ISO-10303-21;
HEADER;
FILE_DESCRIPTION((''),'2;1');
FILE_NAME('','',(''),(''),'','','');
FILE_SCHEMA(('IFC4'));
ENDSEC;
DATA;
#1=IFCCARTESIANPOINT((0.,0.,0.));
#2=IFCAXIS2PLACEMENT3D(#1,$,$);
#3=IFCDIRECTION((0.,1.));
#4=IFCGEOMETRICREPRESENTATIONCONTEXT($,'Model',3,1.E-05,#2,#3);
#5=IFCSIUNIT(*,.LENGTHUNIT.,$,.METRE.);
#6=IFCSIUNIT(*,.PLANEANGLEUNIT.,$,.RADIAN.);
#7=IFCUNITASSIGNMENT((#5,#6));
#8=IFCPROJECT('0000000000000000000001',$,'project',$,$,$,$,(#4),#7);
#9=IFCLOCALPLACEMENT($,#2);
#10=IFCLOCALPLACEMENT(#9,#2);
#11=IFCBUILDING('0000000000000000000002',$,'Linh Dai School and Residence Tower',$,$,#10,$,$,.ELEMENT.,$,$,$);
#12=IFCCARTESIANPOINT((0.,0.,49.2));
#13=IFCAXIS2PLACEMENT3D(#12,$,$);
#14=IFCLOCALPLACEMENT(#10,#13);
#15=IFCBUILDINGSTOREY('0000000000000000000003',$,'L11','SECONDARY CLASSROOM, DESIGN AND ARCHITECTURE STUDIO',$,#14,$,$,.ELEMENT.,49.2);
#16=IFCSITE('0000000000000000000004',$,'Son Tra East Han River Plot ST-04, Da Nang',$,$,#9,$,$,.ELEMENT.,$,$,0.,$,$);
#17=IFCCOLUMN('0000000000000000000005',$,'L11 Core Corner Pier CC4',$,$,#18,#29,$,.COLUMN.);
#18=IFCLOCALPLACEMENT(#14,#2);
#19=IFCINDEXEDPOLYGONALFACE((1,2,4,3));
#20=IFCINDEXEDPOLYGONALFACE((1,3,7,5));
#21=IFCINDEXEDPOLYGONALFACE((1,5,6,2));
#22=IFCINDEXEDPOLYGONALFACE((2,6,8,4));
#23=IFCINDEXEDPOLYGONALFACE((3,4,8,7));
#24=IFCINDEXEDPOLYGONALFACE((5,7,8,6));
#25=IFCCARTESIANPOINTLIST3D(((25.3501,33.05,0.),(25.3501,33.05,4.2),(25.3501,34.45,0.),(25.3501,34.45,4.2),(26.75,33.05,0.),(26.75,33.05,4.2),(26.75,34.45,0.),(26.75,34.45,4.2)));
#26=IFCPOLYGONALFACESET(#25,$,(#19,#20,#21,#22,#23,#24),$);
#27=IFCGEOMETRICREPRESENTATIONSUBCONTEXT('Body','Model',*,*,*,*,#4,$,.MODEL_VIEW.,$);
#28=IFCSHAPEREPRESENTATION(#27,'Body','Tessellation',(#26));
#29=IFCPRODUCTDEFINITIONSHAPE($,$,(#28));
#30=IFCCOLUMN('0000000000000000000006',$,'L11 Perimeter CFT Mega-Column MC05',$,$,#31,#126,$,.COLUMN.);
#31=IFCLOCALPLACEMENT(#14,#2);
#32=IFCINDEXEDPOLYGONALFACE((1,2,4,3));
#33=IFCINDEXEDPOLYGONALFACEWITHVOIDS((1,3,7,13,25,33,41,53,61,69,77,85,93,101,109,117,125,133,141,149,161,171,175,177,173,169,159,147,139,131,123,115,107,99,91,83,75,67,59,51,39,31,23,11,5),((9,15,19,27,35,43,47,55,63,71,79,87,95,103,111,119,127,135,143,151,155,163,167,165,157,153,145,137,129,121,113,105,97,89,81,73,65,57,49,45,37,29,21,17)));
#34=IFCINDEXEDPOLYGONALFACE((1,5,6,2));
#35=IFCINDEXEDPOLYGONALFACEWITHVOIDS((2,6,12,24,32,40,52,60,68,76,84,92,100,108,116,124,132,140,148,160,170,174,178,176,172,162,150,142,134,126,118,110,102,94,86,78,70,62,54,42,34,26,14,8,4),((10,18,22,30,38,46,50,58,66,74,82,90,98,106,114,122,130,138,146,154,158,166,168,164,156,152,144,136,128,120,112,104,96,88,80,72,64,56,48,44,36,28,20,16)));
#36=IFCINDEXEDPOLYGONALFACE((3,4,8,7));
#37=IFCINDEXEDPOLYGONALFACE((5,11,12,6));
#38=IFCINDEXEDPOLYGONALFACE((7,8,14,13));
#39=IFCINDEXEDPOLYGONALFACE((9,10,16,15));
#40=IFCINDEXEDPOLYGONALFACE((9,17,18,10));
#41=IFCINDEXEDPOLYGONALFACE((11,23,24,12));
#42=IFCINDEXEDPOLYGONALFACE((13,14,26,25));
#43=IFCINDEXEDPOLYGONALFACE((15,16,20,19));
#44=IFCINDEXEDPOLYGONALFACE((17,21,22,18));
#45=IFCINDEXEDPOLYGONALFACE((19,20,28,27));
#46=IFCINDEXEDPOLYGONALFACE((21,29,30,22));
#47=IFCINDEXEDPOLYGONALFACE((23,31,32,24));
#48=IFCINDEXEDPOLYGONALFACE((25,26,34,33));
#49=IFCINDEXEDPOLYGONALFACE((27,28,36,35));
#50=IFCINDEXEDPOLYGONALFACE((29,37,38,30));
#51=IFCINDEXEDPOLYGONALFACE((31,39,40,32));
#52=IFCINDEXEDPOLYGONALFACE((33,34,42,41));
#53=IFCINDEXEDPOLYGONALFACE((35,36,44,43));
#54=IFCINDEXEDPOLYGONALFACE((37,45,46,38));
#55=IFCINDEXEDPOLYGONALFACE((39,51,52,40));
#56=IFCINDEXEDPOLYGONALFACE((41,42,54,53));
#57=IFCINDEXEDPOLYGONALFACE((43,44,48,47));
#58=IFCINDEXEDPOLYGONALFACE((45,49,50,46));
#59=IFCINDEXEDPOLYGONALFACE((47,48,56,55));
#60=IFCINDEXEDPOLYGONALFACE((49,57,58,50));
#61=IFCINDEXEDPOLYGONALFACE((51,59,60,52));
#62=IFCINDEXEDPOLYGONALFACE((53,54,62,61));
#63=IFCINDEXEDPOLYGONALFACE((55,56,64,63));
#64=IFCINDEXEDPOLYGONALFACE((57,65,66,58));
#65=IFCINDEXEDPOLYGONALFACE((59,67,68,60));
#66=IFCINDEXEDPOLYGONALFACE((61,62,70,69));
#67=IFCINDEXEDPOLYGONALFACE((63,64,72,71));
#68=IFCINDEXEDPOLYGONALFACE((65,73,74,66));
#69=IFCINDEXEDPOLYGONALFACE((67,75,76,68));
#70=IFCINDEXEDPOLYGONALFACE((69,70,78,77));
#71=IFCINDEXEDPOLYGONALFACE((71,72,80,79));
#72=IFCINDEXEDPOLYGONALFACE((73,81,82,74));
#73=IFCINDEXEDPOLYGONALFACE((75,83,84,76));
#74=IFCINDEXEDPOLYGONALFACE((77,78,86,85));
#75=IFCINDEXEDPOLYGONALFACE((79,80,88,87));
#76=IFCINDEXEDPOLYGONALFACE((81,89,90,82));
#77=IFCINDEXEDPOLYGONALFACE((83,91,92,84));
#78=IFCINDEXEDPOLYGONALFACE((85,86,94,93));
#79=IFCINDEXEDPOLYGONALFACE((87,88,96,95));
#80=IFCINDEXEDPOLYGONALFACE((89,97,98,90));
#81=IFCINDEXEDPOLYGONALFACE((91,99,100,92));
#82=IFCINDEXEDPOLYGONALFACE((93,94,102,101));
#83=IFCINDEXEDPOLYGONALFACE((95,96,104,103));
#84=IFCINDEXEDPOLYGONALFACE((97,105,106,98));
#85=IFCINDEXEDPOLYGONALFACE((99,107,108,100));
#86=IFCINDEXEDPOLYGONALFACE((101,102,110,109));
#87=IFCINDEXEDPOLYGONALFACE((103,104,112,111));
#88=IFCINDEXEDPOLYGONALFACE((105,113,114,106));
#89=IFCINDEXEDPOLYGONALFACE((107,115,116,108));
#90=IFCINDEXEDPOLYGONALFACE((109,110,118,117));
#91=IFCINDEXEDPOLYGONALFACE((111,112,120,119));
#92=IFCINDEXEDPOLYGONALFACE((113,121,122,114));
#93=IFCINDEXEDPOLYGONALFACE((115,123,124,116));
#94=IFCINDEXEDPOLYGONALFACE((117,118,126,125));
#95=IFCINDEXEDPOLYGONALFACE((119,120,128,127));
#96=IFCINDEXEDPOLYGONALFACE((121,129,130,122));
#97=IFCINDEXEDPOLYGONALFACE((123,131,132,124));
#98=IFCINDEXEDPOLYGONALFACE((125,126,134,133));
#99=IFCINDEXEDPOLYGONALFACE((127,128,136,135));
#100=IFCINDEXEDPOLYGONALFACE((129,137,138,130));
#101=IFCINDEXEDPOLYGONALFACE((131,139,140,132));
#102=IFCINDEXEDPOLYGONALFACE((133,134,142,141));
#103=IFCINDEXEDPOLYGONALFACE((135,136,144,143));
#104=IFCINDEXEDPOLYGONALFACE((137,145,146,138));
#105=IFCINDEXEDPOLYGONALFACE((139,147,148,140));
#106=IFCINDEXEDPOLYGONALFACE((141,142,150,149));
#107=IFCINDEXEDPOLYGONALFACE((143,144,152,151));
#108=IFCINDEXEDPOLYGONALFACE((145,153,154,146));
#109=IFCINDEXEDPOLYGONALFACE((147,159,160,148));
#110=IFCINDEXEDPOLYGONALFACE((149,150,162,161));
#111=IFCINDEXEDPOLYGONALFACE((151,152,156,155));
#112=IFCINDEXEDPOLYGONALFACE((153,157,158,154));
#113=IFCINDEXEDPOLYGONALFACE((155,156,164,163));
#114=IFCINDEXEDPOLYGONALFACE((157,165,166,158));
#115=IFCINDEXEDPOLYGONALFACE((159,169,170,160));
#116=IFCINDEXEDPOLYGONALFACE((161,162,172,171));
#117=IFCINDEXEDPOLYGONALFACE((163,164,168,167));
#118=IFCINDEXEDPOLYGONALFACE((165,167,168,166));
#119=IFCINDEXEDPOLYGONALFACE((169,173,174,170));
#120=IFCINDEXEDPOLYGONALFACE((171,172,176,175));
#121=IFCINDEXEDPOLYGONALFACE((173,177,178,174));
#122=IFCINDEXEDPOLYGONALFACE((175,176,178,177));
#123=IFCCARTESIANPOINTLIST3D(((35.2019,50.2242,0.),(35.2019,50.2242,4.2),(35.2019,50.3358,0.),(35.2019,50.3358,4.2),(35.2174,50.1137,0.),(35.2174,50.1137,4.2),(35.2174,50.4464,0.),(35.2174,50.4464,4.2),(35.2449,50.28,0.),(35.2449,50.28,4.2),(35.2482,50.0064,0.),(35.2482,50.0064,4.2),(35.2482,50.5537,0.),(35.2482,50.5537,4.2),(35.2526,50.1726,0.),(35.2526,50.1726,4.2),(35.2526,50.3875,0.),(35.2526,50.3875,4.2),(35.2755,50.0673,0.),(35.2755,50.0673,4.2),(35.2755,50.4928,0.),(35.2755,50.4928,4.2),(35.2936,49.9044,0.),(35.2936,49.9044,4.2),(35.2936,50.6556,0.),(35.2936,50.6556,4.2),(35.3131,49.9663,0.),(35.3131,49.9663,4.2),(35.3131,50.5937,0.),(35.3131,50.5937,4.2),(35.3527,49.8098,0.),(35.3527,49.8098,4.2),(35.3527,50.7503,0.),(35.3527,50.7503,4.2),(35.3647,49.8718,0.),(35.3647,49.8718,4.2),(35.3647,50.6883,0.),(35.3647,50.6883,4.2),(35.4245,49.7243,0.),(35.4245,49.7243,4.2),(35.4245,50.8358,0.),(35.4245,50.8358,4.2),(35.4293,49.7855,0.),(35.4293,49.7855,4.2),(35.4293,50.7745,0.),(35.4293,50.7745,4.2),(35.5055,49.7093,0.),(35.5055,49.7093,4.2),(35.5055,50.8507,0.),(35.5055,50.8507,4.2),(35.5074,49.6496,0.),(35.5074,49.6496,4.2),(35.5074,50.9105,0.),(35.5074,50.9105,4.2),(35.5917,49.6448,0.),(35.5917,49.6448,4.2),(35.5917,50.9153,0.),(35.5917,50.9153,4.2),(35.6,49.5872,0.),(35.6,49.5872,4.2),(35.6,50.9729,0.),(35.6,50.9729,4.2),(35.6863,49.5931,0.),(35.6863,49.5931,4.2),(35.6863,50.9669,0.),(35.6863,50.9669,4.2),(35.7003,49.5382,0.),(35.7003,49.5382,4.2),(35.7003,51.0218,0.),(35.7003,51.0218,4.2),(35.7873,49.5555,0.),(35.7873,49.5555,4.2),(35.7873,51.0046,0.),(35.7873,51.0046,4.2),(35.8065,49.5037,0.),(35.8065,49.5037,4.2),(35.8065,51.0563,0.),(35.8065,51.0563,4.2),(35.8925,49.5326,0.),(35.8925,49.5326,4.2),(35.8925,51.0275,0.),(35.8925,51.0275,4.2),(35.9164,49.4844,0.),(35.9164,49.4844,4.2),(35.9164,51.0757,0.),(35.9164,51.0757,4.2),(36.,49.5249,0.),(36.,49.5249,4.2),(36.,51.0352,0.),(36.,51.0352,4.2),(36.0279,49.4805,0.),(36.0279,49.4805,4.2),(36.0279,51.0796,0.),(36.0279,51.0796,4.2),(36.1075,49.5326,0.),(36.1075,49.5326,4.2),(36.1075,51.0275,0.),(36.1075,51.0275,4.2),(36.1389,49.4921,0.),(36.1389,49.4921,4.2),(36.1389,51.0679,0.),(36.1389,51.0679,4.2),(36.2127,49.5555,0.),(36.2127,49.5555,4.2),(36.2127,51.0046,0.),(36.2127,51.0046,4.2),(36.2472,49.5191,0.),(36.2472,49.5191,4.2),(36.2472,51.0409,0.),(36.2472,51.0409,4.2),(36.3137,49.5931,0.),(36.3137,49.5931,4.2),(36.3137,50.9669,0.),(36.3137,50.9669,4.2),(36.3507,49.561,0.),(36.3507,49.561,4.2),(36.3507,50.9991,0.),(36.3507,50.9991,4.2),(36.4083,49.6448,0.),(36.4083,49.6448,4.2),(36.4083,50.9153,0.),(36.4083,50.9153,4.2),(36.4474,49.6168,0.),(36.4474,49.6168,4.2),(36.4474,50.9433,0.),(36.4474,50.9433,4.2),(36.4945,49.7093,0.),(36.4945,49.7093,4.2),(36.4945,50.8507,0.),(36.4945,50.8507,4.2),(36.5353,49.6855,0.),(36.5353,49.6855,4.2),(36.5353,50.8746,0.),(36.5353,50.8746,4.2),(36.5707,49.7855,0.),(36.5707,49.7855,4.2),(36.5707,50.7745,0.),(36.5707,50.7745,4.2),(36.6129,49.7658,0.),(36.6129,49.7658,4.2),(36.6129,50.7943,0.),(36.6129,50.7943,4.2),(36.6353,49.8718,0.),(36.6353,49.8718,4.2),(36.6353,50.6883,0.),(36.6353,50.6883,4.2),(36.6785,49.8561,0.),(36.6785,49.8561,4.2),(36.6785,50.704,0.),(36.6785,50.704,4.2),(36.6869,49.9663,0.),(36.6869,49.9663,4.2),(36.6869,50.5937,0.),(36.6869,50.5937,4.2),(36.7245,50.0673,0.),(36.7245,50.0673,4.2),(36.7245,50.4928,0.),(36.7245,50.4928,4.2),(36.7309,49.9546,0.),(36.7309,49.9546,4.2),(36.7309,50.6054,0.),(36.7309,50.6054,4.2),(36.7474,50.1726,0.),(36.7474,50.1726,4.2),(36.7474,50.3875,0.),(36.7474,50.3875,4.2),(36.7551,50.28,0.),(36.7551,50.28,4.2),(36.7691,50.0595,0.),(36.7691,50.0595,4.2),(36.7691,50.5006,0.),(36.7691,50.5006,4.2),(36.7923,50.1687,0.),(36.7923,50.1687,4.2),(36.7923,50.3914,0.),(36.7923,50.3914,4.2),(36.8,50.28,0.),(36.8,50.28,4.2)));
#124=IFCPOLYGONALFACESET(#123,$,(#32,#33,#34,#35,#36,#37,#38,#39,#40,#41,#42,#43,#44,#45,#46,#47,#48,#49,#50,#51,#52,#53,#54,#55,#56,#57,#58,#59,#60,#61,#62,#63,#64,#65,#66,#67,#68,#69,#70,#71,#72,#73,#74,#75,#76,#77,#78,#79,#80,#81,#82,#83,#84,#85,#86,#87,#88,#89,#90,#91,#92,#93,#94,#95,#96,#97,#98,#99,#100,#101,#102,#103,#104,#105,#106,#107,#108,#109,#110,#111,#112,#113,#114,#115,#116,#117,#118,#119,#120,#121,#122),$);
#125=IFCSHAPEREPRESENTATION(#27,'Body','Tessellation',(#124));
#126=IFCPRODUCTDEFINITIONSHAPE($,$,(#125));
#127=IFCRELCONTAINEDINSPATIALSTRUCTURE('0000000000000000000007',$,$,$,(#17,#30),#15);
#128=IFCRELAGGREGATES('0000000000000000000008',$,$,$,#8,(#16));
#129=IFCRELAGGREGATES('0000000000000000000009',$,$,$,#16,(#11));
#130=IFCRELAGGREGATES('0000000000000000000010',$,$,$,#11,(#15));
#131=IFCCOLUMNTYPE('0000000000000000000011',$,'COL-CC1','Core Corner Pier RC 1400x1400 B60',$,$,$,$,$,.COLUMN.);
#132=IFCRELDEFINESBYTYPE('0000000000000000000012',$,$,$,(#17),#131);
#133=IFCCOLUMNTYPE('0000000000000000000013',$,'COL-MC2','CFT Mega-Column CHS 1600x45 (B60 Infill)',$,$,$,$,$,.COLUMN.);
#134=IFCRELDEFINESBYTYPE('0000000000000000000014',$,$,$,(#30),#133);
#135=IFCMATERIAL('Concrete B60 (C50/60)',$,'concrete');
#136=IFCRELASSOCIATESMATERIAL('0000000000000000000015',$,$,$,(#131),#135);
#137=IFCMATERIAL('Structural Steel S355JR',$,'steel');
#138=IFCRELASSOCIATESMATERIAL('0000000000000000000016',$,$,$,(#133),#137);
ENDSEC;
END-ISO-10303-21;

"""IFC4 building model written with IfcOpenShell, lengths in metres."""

from ifc_helpers import new_model, si_unit, direction, frame, origin, origin_2d, place, context, subcontext, project, spatial, rectangle, hollow_circle, extrude, material, material_profile, profile_set, type_object, element, save


model = new_model("IFC4")

# Units and contexts
model_context = context("Model", 3, precision=1e-05, world=origin(), true_north=direction((0.0, 1.0)))
body_context = subcontext(model_context, "Body", "Model", "MODEL_VIEW")
ifc_project = project(units=[si_unit("LENGTHUNIT", "METRE"), si_unit("PLANEANGLEUNIT", "RADIAN")], contexts=[model_context])

# Site, building, storey
site_placement = place(None, origin())
site = spatial("IfcSite", under=ifc_project, at=site_placement, Name="Son Tra East Han River Plot ST-04, Da Nang", CompositionType="ELEMENT", RefElevation=0.0)
building_placement = place(site_placement, origin())
building = spatial("IfcBuilding", under=site, at=building_placement, Name="Linh Dai School and Residence Tower", CompositionType="ELEMENT")
storey_placement = place(building_placement, frame((0.0, 0.0, 49.2)))
storey = spatial("IfcBuildingStorey", under=building, at=storey_placement, Name="L11", Description="SECONDARY CLASSROOM, DESIGN AND ARCHITECTURE STUDIO", CompositionType="ELEMENT", Elevation=49.2)

# Columns
ifc_material_1 = material(Name="Concrete B60 (C50/60)", Category="concrete")
ifc_material_profile_1 = material_profile(ifc_material_1, rectangle(XDim=1.3999, YDim=1.3999, at=origin_2d()), Name="RC 1400x1400")
ifc_profile_set_1 = profile_set([ifc_material_profile_1], Name="Concrete B60 (C50/60)")
column_type_1 = type_object("IfcColumnType", Name="COL-CC1", Description="Core Corner Pier RC 1400x1400 B60", PredefinedType="COLUMN", material=ifc_profile_set_1)
column_placement = place(storey_placement, frame((26.05, 33.75, 0.0), z_axis=(0.0, 0.0, 1.0), x_axis=(1.0, 0.0, 0.0)))
element("IfcColumn", 1, at=column_placement, inside=storey, type_object=column_type_1, Name="L11 Core Corner Pier CC4", PredefinedType="COLUMN", context=body_context, shape_type="SweptSolid", body=[
    extrude(rectangle(XDim=1.3999, YDim=1.3999, at=origin_2d()), origin(), (0.0, 0.0, 1.0), 4.2),
])
ifc_material_2 = material(Name="Structural Steel S355JR", Category="steel")
ifc_material_profile_2 = material_profile(ifc_material_2, hollow_circle(Radius=0.8, WallThickness=0.0449, at=origin_2d()), Name="CHS 1600x45")
ifc_profile_set_2 = profile_set([ifc_material_profile_2], Name="Structural Steel S355JR")
column_type_2 = type_object("IfcColumnType", Name="COL-MC2", Description="CFT Mega-Column CHS 1600x45 (B60 Infill)", PredefinedType="COLUMN", material=ifc_profile_set_2)
for number, where, z_axis, x_axis, name in (
    (2, (36.0, 50.28, 0.0), (0.0, 0.0, 1.0), (1.0, 0.0, 0.0), "L11 Perimeter CFT Mega-Column MC05"),
):
    element("IfcColumn", number, at=place(storey_placement, frame(where, z_axis=z_axis, x_axis=x_axis)), inside=storey, type_object=column_type_2, Name=name, PredefinedType="COLUMN", context=body_context, shape_type="SweptSolid", body=[
        extrude(hollow_circle(Radius=0.8, WallThickness=0.0449, at=origin_2d()), origin(), (0.0, 0.0, 1.0), 4.2),
    ])

save(model, "model.ifc")
